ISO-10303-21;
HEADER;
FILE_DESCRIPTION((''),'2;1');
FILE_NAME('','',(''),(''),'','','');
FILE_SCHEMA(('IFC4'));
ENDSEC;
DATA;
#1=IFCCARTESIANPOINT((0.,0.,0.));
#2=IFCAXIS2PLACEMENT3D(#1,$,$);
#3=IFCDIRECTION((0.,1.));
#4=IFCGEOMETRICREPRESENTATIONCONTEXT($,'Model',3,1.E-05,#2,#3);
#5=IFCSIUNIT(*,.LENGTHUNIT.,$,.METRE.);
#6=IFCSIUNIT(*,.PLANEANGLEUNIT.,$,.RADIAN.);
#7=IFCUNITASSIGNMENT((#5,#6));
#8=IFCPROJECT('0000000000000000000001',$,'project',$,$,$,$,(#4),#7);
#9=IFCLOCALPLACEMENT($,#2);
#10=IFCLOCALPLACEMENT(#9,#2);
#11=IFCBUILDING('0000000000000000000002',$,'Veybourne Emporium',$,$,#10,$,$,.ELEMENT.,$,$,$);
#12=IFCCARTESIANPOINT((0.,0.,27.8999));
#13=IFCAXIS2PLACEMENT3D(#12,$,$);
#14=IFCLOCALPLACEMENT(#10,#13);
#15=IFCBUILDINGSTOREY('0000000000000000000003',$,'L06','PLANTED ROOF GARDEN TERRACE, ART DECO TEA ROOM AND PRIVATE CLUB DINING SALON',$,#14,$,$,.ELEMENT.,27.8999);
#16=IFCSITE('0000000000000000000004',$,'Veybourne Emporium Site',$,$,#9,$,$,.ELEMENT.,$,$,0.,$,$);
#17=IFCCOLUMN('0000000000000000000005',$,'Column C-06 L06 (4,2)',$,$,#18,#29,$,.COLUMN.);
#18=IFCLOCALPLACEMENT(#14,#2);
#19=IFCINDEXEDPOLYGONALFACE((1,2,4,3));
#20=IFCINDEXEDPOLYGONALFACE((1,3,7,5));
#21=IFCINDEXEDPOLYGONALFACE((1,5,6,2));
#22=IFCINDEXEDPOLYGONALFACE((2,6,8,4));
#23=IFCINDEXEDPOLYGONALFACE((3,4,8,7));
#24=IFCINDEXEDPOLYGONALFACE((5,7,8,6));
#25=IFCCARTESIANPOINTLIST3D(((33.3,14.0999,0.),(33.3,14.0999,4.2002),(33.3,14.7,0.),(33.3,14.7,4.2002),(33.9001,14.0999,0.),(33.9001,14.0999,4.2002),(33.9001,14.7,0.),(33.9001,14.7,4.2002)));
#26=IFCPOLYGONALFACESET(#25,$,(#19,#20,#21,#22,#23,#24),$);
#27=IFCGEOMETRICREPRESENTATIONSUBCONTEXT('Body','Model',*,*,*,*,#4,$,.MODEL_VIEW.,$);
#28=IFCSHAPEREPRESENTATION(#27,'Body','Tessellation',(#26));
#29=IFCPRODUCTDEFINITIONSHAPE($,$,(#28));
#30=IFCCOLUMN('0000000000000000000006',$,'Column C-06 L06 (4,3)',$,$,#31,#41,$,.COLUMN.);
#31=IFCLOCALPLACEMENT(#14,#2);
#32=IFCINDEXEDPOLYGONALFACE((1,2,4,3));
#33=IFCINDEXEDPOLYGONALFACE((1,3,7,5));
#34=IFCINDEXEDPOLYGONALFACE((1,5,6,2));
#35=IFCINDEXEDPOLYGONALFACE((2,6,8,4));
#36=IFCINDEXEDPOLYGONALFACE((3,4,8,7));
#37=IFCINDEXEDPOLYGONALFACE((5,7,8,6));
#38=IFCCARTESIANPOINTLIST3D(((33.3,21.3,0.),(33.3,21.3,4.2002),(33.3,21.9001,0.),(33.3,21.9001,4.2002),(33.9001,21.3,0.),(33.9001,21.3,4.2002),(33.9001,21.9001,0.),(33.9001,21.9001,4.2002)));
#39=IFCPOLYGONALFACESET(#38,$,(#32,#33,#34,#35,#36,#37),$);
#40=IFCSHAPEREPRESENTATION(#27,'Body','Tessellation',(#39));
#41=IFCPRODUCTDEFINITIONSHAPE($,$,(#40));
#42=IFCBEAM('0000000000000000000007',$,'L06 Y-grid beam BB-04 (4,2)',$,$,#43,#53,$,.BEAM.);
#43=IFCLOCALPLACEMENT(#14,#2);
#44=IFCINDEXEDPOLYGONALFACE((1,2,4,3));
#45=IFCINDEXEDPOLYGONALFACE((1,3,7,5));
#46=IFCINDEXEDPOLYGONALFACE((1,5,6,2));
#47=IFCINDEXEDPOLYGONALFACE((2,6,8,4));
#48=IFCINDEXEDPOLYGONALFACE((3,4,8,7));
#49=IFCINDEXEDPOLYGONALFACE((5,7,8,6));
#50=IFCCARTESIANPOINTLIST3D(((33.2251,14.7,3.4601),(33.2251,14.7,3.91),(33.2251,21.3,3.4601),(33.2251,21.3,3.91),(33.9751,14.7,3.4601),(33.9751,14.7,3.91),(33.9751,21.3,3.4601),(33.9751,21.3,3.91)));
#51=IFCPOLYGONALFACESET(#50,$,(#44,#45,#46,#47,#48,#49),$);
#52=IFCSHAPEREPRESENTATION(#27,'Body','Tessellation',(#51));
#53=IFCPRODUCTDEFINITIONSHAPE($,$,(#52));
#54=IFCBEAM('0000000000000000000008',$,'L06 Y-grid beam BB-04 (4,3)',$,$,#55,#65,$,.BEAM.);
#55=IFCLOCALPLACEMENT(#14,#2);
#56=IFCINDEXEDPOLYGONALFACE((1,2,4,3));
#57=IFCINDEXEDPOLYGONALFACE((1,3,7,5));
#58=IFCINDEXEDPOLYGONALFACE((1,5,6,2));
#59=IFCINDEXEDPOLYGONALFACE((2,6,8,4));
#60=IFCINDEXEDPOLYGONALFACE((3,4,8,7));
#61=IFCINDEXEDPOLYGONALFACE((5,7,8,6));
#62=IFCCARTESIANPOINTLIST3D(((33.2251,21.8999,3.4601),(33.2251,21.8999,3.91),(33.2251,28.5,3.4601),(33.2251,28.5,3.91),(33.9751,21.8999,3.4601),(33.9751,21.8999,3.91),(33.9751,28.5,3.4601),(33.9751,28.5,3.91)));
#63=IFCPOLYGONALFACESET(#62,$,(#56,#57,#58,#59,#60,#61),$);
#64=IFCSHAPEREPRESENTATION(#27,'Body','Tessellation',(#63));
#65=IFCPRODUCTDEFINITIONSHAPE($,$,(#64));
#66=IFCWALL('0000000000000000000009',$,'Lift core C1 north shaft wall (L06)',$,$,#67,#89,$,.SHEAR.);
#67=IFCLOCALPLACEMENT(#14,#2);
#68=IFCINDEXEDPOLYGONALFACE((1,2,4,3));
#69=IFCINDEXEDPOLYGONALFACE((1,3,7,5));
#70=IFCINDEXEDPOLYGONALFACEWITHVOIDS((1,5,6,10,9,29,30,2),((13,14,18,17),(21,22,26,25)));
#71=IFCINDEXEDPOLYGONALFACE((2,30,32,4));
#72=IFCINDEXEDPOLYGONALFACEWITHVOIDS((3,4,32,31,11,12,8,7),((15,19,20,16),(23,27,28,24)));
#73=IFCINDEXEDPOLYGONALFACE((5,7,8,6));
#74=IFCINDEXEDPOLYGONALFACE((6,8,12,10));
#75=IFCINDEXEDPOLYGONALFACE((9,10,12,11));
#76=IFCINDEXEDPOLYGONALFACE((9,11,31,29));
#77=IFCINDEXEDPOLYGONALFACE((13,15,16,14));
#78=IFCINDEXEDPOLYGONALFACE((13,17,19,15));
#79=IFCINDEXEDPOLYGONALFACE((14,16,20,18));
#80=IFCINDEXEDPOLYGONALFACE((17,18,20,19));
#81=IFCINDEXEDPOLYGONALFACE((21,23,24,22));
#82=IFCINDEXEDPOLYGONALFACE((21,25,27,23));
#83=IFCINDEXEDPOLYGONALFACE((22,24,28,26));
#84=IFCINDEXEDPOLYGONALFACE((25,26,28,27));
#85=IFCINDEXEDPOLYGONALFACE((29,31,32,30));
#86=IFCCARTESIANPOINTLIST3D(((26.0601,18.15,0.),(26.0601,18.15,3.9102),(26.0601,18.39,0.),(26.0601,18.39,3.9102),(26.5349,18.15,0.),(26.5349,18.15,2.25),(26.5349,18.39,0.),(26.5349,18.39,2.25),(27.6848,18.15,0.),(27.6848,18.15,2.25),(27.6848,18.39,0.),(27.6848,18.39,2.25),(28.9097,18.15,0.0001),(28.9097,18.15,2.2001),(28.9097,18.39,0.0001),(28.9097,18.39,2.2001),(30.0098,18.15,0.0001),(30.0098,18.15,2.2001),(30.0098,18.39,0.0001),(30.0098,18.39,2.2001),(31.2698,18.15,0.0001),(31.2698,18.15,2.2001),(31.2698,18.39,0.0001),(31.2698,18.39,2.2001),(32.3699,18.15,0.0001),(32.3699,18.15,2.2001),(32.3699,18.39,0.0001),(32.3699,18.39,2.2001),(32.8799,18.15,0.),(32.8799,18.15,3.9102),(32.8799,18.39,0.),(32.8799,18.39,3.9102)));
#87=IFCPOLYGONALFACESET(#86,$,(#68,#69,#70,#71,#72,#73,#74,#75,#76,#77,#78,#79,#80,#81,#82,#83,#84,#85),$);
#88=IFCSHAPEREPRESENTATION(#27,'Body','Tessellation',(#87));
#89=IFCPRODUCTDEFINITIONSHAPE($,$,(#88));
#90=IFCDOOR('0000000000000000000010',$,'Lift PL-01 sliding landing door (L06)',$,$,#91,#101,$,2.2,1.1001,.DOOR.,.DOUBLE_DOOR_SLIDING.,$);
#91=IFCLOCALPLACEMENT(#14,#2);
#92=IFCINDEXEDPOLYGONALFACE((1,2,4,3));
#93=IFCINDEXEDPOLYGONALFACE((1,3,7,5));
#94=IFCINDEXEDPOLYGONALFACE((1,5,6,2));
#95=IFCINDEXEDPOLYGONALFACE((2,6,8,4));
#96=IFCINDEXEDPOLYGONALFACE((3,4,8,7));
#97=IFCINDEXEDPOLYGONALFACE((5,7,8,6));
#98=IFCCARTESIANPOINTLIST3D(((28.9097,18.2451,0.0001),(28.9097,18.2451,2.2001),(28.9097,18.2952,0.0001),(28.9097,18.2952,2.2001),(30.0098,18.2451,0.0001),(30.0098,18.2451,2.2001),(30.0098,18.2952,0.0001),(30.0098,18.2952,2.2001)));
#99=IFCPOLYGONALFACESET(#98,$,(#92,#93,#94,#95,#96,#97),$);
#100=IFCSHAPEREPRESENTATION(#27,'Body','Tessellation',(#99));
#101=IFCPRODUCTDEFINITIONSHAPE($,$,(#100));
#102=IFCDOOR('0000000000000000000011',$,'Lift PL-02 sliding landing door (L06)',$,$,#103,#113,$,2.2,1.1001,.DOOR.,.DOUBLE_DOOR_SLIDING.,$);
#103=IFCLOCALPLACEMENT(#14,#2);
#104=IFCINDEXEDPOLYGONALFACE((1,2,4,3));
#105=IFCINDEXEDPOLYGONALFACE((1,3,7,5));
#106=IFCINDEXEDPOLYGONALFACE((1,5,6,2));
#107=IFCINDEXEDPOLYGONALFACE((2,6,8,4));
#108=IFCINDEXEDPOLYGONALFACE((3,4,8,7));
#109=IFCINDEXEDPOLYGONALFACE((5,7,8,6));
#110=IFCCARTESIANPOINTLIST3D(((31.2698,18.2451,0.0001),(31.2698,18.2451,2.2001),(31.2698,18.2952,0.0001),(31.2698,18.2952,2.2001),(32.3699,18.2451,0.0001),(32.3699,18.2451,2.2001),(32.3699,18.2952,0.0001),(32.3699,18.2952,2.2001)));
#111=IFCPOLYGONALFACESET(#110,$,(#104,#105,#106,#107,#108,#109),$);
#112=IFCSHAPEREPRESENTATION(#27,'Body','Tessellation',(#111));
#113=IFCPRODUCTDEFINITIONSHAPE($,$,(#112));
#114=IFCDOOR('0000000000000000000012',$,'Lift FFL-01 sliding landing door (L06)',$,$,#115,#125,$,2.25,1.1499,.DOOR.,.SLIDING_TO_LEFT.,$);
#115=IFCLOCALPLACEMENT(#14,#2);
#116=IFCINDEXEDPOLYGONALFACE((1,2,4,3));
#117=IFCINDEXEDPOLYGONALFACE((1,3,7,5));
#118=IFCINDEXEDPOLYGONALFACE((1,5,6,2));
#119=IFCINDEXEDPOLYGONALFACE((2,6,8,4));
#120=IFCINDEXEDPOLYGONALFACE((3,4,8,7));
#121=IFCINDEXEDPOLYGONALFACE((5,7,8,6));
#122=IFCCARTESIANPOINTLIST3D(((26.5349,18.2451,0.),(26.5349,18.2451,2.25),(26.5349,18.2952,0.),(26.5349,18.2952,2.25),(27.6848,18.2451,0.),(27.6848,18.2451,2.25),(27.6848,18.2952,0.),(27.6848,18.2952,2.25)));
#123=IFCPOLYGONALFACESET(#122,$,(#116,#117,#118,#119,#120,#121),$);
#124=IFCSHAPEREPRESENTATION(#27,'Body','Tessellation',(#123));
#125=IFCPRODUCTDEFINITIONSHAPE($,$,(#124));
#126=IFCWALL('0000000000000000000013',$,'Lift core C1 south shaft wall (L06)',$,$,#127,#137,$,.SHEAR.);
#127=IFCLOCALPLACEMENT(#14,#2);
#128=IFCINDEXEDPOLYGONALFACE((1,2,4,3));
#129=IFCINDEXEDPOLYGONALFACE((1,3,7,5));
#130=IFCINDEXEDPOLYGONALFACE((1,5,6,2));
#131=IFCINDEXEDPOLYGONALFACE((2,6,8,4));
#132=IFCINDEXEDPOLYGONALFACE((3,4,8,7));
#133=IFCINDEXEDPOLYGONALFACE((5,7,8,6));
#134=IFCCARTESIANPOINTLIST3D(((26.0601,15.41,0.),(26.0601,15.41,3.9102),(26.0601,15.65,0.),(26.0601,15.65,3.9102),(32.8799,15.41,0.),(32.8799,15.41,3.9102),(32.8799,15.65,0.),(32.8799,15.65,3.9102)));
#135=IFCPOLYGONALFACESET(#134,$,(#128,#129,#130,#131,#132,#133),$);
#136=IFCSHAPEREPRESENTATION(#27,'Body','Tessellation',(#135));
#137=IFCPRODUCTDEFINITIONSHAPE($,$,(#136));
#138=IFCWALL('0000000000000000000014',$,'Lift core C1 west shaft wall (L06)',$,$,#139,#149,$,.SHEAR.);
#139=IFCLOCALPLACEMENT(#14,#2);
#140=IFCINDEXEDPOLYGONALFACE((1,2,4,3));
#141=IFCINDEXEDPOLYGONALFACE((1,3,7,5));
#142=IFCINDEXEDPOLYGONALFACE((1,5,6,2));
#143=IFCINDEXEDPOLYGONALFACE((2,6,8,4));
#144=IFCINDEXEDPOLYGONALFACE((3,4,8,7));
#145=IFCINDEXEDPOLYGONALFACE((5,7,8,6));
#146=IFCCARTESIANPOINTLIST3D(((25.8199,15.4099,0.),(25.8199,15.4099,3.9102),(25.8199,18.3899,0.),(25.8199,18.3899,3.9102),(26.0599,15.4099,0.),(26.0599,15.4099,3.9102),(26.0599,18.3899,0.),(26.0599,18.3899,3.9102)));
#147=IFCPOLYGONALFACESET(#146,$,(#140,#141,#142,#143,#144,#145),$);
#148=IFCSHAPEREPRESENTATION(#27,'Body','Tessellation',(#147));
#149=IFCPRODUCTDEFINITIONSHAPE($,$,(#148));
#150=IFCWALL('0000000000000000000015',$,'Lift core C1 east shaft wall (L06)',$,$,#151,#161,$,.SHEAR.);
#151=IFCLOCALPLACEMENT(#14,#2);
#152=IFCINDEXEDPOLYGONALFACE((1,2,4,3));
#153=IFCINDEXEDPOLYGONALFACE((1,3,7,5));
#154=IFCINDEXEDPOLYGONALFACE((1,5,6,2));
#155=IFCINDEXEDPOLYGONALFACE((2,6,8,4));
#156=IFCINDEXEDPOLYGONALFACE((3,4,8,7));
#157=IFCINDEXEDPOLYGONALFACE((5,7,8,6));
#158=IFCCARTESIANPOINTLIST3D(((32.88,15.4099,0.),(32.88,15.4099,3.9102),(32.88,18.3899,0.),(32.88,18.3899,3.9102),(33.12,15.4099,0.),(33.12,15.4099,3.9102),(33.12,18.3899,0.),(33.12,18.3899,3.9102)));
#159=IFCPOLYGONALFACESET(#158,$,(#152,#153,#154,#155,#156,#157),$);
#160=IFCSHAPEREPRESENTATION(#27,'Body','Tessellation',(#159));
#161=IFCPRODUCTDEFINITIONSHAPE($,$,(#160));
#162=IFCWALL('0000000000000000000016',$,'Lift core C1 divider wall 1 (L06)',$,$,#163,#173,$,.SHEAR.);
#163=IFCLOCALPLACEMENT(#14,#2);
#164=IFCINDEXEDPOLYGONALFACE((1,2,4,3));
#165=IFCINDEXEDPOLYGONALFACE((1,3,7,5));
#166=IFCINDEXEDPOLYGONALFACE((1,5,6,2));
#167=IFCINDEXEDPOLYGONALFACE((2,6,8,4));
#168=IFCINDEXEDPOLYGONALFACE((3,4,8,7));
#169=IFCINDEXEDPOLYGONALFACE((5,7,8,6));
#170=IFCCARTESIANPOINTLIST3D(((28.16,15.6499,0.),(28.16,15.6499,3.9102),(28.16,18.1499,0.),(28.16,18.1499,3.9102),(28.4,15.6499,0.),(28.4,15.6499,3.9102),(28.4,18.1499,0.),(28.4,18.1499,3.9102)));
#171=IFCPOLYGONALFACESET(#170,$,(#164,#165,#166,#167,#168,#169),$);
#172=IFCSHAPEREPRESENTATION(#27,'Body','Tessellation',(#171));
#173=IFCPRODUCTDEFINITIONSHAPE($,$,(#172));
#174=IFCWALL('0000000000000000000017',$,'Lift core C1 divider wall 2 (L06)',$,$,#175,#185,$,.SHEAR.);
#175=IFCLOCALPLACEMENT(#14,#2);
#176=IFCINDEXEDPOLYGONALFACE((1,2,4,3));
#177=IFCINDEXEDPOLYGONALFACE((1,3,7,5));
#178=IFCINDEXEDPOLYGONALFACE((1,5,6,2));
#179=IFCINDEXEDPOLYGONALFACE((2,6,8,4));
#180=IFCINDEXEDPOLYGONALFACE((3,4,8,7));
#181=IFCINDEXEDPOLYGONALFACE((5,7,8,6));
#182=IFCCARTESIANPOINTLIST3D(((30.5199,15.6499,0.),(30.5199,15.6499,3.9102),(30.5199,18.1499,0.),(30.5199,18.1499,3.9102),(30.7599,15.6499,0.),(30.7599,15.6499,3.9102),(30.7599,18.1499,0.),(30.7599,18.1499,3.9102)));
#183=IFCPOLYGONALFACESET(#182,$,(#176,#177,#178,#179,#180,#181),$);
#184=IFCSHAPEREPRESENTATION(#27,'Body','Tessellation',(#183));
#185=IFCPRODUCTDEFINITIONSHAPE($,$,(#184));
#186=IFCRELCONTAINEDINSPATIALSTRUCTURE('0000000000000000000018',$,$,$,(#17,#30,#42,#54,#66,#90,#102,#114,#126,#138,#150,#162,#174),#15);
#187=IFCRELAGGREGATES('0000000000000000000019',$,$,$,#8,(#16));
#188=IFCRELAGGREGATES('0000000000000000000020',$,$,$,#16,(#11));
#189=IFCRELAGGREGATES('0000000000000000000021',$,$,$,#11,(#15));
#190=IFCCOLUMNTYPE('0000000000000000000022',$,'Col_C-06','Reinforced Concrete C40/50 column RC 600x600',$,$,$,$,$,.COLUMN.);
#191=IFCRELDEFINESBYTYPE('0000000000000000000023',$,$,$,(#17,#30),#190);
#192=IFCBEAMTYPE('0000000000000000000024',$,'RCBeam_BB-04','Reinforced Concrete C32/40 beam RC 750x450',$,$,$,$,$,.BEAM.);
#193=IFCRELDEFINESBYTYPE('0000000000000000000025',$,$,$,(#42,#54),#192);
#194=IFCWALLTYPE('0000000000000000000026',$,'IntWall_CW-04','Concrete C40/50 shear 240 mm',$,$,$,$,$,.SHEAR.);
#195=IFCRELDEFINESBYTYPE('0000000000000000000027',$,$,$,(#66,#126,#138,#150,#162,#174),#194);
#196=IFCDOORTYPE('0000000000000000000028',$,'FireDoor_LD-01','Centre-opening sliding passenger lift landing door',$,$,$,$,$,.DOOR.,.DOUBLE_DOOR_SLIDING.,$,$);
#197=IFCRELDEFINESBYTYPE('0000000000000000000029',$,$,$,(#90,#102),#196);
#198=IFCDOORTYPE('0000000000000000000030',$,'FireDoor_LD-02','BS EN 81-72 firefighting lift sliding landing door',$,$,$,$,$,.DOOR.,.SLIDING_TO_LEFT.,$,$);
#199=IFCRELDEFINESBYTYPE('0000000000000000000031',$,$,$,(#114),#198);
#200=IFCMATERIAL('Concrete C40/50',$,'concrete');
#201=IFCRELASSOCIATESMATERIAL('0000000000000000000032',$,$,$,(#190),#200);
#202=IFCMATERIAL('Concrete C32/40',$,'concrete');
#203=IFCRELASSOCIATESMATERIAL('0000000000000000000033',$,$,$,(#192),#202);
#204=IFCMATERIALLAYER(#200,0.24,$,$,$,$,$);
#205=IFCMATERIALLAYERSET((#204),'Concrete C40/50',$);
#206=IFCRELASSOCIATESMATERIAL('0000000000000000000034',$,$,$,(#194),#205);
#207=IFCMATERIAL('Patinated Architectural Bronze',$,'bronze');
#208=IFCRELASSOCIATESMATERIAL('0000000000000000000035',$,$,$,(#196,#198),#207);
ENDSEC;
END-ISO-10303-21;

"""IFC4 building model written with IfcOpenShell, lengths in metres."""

from ifc_helpers import new_model, si_unit, direction, frame, frame_2d, origin, origin_2d, place, context, subcontext, project, spatial, rectangle, extrude, material, layer, layer_set, material_profile, profile_set, type_object, element, fill, save


model = new_model("IFC4")

# Units and contexts
model_context = context("Model", 3, precision=1e-05, world=origin(), true_north=direction((0.0, 1.0)))
body_context = subcontext(model_context, "Body", "Model", "MODEL_VIEW")
ifc_project = project(units=[si_unit("LENGTHUNIT", "METRE"), si_unit("PLANEANGLEUNIT", "RADIAN")], contexts=[model_context])

# Site, building, storey
site_placement = place(None, origin())
site = spatial("IfcSite", under=ifc_project, at=site_placement, Name="Veybourne Emporium Site", CompositionType="ELEMENT", RefElevation=0.0)
building_placement = place(site_placement, origin())
building = spatial("IfcBuilding", under=site, at=building_placement, Name="Veybourne Emporium", CompositionType="ELEMENT")
storey_placement = place(building_placement, frame((0.0, 0.0, 27.8999)))
storey = spatial("IfcBuildingStorey", under=building, at=storey_placement, Name="L06", Description="PLANTED ROOF GARDEN TERRACE, ART DECO TEA ROOM AND PRIVATE CLUB DINING SALON", CompositionType="ELEMENT", Elevation=27.8999)

# Columns
ifc_material_1 = material(Name="Concrete C40/50", Category="concrete")
ifc_material_profile_1 = material_profile(ifc_material_1, rectangle(XDim=0.6001, YDim=0.6001, at=origin_2d()), Name="RC 600x600")
ifc_profile_set_1 = profile_set([ifc_material_profile_1], Name="Concrete C40/50")
column_type = type_object("IfcColumnType", Name="Col_C-06", Description="Reinforced Concrete C40/50 column RC 600x600", PredefinedType="COLUMN", material=ifc_profile_set_1)
for number, where, z_axis, x_axis, name in (
    (1, (33.6001, 14.3999, 0.0), (0.0, 0.0, 1.0), (1.0, 0.0, 0.0), "Column C-06 L06 (4,2)"),
    (2, (33.6001, 21.6001, 0.0), (0.0, 0.0, 1.0), (1.0, 0.0, 0.0), "Column C-06 L06 (4,3)"),
):
    element("IfcColumn", number, at=place(storey_placement, frame(where, z_axis=z_axis, x_axis=x_axis)), inside=storey, type_object=column_type, Name=name, PredefinedType="COLUMN", context=body_context, shape_type="SweptSolid", body=[
        extrude(rectangle(XDim=0.6001, YDim=0.6001, at=origin_2d()), origin(), (0.0, 0.0, 1.0), 4.2002),
    ])

# Beams
ifc_material_2 = material(Name="Concrete C32/40", Category="concrete")
ifc_material_profile_2 = material_profile(ifc_material_2, rectangle(XDim=0.75, YDim=0.45, at=origin_2d()), Name="RC 750x450")
ifc_profile_set_2 = profile_set([ifc_material_profile_2], Name="Concrete C32/40")
beam_type = type_object("IfcBeamType", Name="RCBeam_BB-04", Description="Reinforced Concrete C32/40 beam RC 750x450", PredefinedType="BEAM", material=ifc_profile_set_2)
for number, where, z_axis, x_axis, name in (
    (3, (33.6001, 14.7, 3.6851), (0.0, 1.0, 0.0), (-1.0, 0.0, 0.0), "L06 Y-grid beam BB-04 (4,2)"),
    (4, (33.6001, 21.8999, 3.6851), (0.0, 1.0, 0.0), (-1.0, 0.0, 0.0), "L06 Y-grid beam BB-04 (4,3)"),
):
    element("IfcBeam", number, at=place(storey_placement, frame(where, z_axis=z_axis, x_axis=x_axis)), inside=storey, type_object=beam_type, Name=name, PredefinedType="BEAM", context=body_context, shape_type="SweptSolid", body=[
        extrude(rectangle(XDim=0.75, YDim=0.45, at=origin_2d()), origin(), (0.0, 0.0, 1.0), 6.6001),
    ])

# Wall, openings, doors
ifc_layer_1 = layer(ifc_material_1, 0.24)
ifc_layer_set_1 = layer_set([ifc_layer_1], Name="Concrete C40/50")
wall_type_1 = type_object("IfcWallType", Name="IntWall_CW-04", Description="Concrete C40/50 shear 240 mm", PredefinedType="SHEAR", material=ifc_layer_set_1)
wall_1_placement = place(storey_placement, frame((32.8799, 18.27, 0.0), z_axis=(0.0, 0.0, 1.0), x_axis=(-1.0, 0.0, 0.0)))
wall_1 = element("IfcWall", 5, at=wall_1_placement, inside=storey, type_object=wall_type_1, Name="Lift core C1 north shaft wall (L06)", PredefinedType="SHEAR", context=body_context, shape_type="SweptSolid", body=[
    extrude(rectangle(XDim=6.8198, YDim=0.24, at=frame_2d((3.4099, 0.0))), origin(), (0.0, 0.0, 1.0), 3.9102),
])
opening_1_placement = place(wall_1_placement, frame((5.1951, 0.0, 0.0)))
opening_1 = element("IfcOpeningElement", 6, at=opening_1_placement, cuts=wall_1, PredefinedType="OPENING", context=body_context, shape_type="SweptSolid", body=[
    extrude(rectangle(XDim=1.1499, YDim=2.25, at=frame_2d((0.575, 1.125))), frame((0.0, 0.1401, 0.0), z_axis=(0.0, -1.0, 0.0), x_axis=(1.0, 0.0, 0.0)), (0.0, 0.0, 1.0), 0.28),
])
opening_2_placement = place(wall_1_placement, frame((2.8701, 0.0, 0.0)))
opening_2 = element("IfcOpeningElement", 7, at=opening_2_placement, cuts=wall_1, PredefinedType="OPENING", context=body_context, shape_type="SweptSolid", body=[
    extrude(rectangle(XDim=1.1001, YDim=2.2, at=frame_2d((0.55, 1.1001))), frame((0.0, 0.1401, 0.0), z_axis=(0.0, -1.0, 0.0), x_axis=(1.0, 0.0, 0.0)), (0.0, 0.0, 1.0), 0.28),
])
opening_3_placement = place(wall_1_placement, frame((0.51, 0.0, 0.0)))
opening_3 = element("IfcOpeningElement", 8, at=opening_3_placement, cuts=wall_1, PredefinedType="OPENING", context=body_context, shape_type="SweptSolid", body=[
    extrude(rectangle(XDim=1.1001, YDim=2.2, at=frame_2d((0.55, 1.1001))), frame((0.0, 0.1401, 0.0), z_axis=(0.0, -1.0, 0.0), x_axis=(1.0, 0.0, 0.0)), (0.0, 0.0, 1.0), 0.28),
])
ifc_material_3 = material(Name="Patinated Architectural Bronze", Category="bronze")
door_type_1 = type_object("IfcDoorType", Name="FireDoor_LD-01", Description="Centre-opening sliding passenger lift landing door", OperationType="DOUBLE_DOOR_SLIDING", PredefinedType="DOOR", material=ifc_material_3)
door_1_placement = place(opening_2_placement, origin())
door_1 = element("IfcDoor", 9, at=door_1_placement, inside=storey, type_object=door_type_1, Name="Lift PL-01 sliding landing door (L06)", OperationType="DOUBLE_DOOR_SLIDING", OverallHeight=2.2, OverallWidth=1.1001, PredefinedType="DOOR", context=body_context, shape_type="SweptSolid", body=[
    extrude(rectangle(XDim=1.1001, YDim=2.2, at=frame_2d((0.55, 1.1001))), frame((0.0, 0.0249, 0.0), z_axis=(0.0, -1.0, 0.0), x_axis=(1.0, 0.0, 0.0)), (0.0, 0.0, 1.0), 0.05),
])
fill(opening_2, door_1)
door_2_placement = place(opening_3_placement, origin())
door_2 = element("IfcDoor", 10, at=door_2_placement, inside=storey, type_object=door_type_1, Name="Lift PL-02 sliding landing door (L06)", OperationType="DOUBLE_DOOR_SLIDING", OverallHeight=2.2, OverallWidth=1.1001, PredefinedType="DOOR", context=body_context, shape_type="SweptSolid", body=[
    extrude(rectangle(XDim=1.1001, YDim=2.2, at=frame_2d((0.55, 1.1001))), frame((0.0, 0.0249, 0.0), z_axis=(0.0, -1.0, 0.0), x_axis=(1.0, 0.0, 0.0)), (0.0, 0.0, 1.0), 0.05),
])
fill(opening_3, door_2)
door_type_2 = type_object("IfcDoorType", Name="FireDoor_LD-02", Description="BS EN 81-72 firefighting lift sliding landing door", OperationType="SLIDING_TO_LEFT", PredefinedType="DOOR", material=ifc_material_3)
door_3_placement = place(opening_1_placement, origin())
door_3 = element("IfcDoor", 11, at=door_3_placement, inside=storey, type_object=door_type_2, Name="Lift FFL-01 sliding landing door (L06)", OperationType="SLIDING_TO_LEFT", OverallHeight=2.25, OverallWidth=1.1499, PredefinedType="DOOR", context=body_context, shape_type="SweptSolid", body=[
    extrude(rectangle(XDim=1.1499, YDim=2.25, at=frame_2d((0.575, 1.125))), frame((0.0, 0.0249, 0.0), z_axis=(0.0, -1.0, 0.0), x_axis=(1.0, 0.0, 0.0)), (0.0, 0.0, 1.0), 0.05),
])
fill(opening_1, door_3)

# Walls
wall_2_placement = place(storey_placement, frame((26.0601, 15.53, 0.0), z_axis=(0.0, 0.0, 1.0), x_axis=(1.0, 0.0, 0.0)))
element("IfcWall", 12, at=wall_2_placement, inside=storey, type_object=wall_type_1, Name="Lift core C1 south shaft wall (L06)", PredefinedType="SHEAR", context=body_context, shape_type="SweptSolid", body=[
    extrude(rectangle(XDim=6.8198, YDim=0.24, at=frame_2d((3.4099, 0.0))), origin(), (0.0, 0.0, 1.0), 3.9102),
])
for number, where, z_axis, x_axis, name in (
    (13, (25.9399, 18.3899, 0.0), (0.0, 0.0, 1.0), (0.0, -1.0, 0.0), "Lift core C1 west shaft wall (L06)"),
    (14, (33.0, 15.4099, 0.0), (0.0, 0.0, 1.0), (0.0, 1.0, 0.0), "Lift core C1 east shaft wall (L06)"),
):
    element("IfcWall", number, at=place(storey_placement, frame(where, z_axis=z_axis, x_axis=x_axis)), inside=storey, type_object=wall_type_1, Name=name, PredefinedType="SHEAR", context=body_context, shape_type="SweptSolid", body=[
        extrude(rectangle(XDim=2.98, YDim=0.24, at=frame_2d((1.49, 0.0))), origin(), (0.0, 0.0, 1.0), 3.9102),
    ])
for number, where, z_axis, x_axis, name in (
    (15, (28.28, 15.6499, 0.0), (0.0, 0.0, 1.0), (0.0, 1.0, 0.0), "Lift core C1 divider wall 1 (L06)"),
    (16, (30.6399, 15.6499, 0.0), (0.0, 0.0, 1.0), (0.0, 1.0, 0.0), "Lift core C1 divider wall 2 (L06)"),
):
    element("IfcWall", number, at=place(storey_placement, frame(where, z_axis=z_axis, x_axis=x_axis)), inside=storey, type_object=wall_type_1, Name=name, PredefinedType="SHEAR", context=body_context, shape_type="SweptSolid", body=[
        extrude(rectangle(XDim=2.5, YDim=0.24, at=frame_2d((1.25, 0.0))), origin(), (0.0, 0.0, 1.0), 3.9102),
    ])

save(model, "model.ifc")
